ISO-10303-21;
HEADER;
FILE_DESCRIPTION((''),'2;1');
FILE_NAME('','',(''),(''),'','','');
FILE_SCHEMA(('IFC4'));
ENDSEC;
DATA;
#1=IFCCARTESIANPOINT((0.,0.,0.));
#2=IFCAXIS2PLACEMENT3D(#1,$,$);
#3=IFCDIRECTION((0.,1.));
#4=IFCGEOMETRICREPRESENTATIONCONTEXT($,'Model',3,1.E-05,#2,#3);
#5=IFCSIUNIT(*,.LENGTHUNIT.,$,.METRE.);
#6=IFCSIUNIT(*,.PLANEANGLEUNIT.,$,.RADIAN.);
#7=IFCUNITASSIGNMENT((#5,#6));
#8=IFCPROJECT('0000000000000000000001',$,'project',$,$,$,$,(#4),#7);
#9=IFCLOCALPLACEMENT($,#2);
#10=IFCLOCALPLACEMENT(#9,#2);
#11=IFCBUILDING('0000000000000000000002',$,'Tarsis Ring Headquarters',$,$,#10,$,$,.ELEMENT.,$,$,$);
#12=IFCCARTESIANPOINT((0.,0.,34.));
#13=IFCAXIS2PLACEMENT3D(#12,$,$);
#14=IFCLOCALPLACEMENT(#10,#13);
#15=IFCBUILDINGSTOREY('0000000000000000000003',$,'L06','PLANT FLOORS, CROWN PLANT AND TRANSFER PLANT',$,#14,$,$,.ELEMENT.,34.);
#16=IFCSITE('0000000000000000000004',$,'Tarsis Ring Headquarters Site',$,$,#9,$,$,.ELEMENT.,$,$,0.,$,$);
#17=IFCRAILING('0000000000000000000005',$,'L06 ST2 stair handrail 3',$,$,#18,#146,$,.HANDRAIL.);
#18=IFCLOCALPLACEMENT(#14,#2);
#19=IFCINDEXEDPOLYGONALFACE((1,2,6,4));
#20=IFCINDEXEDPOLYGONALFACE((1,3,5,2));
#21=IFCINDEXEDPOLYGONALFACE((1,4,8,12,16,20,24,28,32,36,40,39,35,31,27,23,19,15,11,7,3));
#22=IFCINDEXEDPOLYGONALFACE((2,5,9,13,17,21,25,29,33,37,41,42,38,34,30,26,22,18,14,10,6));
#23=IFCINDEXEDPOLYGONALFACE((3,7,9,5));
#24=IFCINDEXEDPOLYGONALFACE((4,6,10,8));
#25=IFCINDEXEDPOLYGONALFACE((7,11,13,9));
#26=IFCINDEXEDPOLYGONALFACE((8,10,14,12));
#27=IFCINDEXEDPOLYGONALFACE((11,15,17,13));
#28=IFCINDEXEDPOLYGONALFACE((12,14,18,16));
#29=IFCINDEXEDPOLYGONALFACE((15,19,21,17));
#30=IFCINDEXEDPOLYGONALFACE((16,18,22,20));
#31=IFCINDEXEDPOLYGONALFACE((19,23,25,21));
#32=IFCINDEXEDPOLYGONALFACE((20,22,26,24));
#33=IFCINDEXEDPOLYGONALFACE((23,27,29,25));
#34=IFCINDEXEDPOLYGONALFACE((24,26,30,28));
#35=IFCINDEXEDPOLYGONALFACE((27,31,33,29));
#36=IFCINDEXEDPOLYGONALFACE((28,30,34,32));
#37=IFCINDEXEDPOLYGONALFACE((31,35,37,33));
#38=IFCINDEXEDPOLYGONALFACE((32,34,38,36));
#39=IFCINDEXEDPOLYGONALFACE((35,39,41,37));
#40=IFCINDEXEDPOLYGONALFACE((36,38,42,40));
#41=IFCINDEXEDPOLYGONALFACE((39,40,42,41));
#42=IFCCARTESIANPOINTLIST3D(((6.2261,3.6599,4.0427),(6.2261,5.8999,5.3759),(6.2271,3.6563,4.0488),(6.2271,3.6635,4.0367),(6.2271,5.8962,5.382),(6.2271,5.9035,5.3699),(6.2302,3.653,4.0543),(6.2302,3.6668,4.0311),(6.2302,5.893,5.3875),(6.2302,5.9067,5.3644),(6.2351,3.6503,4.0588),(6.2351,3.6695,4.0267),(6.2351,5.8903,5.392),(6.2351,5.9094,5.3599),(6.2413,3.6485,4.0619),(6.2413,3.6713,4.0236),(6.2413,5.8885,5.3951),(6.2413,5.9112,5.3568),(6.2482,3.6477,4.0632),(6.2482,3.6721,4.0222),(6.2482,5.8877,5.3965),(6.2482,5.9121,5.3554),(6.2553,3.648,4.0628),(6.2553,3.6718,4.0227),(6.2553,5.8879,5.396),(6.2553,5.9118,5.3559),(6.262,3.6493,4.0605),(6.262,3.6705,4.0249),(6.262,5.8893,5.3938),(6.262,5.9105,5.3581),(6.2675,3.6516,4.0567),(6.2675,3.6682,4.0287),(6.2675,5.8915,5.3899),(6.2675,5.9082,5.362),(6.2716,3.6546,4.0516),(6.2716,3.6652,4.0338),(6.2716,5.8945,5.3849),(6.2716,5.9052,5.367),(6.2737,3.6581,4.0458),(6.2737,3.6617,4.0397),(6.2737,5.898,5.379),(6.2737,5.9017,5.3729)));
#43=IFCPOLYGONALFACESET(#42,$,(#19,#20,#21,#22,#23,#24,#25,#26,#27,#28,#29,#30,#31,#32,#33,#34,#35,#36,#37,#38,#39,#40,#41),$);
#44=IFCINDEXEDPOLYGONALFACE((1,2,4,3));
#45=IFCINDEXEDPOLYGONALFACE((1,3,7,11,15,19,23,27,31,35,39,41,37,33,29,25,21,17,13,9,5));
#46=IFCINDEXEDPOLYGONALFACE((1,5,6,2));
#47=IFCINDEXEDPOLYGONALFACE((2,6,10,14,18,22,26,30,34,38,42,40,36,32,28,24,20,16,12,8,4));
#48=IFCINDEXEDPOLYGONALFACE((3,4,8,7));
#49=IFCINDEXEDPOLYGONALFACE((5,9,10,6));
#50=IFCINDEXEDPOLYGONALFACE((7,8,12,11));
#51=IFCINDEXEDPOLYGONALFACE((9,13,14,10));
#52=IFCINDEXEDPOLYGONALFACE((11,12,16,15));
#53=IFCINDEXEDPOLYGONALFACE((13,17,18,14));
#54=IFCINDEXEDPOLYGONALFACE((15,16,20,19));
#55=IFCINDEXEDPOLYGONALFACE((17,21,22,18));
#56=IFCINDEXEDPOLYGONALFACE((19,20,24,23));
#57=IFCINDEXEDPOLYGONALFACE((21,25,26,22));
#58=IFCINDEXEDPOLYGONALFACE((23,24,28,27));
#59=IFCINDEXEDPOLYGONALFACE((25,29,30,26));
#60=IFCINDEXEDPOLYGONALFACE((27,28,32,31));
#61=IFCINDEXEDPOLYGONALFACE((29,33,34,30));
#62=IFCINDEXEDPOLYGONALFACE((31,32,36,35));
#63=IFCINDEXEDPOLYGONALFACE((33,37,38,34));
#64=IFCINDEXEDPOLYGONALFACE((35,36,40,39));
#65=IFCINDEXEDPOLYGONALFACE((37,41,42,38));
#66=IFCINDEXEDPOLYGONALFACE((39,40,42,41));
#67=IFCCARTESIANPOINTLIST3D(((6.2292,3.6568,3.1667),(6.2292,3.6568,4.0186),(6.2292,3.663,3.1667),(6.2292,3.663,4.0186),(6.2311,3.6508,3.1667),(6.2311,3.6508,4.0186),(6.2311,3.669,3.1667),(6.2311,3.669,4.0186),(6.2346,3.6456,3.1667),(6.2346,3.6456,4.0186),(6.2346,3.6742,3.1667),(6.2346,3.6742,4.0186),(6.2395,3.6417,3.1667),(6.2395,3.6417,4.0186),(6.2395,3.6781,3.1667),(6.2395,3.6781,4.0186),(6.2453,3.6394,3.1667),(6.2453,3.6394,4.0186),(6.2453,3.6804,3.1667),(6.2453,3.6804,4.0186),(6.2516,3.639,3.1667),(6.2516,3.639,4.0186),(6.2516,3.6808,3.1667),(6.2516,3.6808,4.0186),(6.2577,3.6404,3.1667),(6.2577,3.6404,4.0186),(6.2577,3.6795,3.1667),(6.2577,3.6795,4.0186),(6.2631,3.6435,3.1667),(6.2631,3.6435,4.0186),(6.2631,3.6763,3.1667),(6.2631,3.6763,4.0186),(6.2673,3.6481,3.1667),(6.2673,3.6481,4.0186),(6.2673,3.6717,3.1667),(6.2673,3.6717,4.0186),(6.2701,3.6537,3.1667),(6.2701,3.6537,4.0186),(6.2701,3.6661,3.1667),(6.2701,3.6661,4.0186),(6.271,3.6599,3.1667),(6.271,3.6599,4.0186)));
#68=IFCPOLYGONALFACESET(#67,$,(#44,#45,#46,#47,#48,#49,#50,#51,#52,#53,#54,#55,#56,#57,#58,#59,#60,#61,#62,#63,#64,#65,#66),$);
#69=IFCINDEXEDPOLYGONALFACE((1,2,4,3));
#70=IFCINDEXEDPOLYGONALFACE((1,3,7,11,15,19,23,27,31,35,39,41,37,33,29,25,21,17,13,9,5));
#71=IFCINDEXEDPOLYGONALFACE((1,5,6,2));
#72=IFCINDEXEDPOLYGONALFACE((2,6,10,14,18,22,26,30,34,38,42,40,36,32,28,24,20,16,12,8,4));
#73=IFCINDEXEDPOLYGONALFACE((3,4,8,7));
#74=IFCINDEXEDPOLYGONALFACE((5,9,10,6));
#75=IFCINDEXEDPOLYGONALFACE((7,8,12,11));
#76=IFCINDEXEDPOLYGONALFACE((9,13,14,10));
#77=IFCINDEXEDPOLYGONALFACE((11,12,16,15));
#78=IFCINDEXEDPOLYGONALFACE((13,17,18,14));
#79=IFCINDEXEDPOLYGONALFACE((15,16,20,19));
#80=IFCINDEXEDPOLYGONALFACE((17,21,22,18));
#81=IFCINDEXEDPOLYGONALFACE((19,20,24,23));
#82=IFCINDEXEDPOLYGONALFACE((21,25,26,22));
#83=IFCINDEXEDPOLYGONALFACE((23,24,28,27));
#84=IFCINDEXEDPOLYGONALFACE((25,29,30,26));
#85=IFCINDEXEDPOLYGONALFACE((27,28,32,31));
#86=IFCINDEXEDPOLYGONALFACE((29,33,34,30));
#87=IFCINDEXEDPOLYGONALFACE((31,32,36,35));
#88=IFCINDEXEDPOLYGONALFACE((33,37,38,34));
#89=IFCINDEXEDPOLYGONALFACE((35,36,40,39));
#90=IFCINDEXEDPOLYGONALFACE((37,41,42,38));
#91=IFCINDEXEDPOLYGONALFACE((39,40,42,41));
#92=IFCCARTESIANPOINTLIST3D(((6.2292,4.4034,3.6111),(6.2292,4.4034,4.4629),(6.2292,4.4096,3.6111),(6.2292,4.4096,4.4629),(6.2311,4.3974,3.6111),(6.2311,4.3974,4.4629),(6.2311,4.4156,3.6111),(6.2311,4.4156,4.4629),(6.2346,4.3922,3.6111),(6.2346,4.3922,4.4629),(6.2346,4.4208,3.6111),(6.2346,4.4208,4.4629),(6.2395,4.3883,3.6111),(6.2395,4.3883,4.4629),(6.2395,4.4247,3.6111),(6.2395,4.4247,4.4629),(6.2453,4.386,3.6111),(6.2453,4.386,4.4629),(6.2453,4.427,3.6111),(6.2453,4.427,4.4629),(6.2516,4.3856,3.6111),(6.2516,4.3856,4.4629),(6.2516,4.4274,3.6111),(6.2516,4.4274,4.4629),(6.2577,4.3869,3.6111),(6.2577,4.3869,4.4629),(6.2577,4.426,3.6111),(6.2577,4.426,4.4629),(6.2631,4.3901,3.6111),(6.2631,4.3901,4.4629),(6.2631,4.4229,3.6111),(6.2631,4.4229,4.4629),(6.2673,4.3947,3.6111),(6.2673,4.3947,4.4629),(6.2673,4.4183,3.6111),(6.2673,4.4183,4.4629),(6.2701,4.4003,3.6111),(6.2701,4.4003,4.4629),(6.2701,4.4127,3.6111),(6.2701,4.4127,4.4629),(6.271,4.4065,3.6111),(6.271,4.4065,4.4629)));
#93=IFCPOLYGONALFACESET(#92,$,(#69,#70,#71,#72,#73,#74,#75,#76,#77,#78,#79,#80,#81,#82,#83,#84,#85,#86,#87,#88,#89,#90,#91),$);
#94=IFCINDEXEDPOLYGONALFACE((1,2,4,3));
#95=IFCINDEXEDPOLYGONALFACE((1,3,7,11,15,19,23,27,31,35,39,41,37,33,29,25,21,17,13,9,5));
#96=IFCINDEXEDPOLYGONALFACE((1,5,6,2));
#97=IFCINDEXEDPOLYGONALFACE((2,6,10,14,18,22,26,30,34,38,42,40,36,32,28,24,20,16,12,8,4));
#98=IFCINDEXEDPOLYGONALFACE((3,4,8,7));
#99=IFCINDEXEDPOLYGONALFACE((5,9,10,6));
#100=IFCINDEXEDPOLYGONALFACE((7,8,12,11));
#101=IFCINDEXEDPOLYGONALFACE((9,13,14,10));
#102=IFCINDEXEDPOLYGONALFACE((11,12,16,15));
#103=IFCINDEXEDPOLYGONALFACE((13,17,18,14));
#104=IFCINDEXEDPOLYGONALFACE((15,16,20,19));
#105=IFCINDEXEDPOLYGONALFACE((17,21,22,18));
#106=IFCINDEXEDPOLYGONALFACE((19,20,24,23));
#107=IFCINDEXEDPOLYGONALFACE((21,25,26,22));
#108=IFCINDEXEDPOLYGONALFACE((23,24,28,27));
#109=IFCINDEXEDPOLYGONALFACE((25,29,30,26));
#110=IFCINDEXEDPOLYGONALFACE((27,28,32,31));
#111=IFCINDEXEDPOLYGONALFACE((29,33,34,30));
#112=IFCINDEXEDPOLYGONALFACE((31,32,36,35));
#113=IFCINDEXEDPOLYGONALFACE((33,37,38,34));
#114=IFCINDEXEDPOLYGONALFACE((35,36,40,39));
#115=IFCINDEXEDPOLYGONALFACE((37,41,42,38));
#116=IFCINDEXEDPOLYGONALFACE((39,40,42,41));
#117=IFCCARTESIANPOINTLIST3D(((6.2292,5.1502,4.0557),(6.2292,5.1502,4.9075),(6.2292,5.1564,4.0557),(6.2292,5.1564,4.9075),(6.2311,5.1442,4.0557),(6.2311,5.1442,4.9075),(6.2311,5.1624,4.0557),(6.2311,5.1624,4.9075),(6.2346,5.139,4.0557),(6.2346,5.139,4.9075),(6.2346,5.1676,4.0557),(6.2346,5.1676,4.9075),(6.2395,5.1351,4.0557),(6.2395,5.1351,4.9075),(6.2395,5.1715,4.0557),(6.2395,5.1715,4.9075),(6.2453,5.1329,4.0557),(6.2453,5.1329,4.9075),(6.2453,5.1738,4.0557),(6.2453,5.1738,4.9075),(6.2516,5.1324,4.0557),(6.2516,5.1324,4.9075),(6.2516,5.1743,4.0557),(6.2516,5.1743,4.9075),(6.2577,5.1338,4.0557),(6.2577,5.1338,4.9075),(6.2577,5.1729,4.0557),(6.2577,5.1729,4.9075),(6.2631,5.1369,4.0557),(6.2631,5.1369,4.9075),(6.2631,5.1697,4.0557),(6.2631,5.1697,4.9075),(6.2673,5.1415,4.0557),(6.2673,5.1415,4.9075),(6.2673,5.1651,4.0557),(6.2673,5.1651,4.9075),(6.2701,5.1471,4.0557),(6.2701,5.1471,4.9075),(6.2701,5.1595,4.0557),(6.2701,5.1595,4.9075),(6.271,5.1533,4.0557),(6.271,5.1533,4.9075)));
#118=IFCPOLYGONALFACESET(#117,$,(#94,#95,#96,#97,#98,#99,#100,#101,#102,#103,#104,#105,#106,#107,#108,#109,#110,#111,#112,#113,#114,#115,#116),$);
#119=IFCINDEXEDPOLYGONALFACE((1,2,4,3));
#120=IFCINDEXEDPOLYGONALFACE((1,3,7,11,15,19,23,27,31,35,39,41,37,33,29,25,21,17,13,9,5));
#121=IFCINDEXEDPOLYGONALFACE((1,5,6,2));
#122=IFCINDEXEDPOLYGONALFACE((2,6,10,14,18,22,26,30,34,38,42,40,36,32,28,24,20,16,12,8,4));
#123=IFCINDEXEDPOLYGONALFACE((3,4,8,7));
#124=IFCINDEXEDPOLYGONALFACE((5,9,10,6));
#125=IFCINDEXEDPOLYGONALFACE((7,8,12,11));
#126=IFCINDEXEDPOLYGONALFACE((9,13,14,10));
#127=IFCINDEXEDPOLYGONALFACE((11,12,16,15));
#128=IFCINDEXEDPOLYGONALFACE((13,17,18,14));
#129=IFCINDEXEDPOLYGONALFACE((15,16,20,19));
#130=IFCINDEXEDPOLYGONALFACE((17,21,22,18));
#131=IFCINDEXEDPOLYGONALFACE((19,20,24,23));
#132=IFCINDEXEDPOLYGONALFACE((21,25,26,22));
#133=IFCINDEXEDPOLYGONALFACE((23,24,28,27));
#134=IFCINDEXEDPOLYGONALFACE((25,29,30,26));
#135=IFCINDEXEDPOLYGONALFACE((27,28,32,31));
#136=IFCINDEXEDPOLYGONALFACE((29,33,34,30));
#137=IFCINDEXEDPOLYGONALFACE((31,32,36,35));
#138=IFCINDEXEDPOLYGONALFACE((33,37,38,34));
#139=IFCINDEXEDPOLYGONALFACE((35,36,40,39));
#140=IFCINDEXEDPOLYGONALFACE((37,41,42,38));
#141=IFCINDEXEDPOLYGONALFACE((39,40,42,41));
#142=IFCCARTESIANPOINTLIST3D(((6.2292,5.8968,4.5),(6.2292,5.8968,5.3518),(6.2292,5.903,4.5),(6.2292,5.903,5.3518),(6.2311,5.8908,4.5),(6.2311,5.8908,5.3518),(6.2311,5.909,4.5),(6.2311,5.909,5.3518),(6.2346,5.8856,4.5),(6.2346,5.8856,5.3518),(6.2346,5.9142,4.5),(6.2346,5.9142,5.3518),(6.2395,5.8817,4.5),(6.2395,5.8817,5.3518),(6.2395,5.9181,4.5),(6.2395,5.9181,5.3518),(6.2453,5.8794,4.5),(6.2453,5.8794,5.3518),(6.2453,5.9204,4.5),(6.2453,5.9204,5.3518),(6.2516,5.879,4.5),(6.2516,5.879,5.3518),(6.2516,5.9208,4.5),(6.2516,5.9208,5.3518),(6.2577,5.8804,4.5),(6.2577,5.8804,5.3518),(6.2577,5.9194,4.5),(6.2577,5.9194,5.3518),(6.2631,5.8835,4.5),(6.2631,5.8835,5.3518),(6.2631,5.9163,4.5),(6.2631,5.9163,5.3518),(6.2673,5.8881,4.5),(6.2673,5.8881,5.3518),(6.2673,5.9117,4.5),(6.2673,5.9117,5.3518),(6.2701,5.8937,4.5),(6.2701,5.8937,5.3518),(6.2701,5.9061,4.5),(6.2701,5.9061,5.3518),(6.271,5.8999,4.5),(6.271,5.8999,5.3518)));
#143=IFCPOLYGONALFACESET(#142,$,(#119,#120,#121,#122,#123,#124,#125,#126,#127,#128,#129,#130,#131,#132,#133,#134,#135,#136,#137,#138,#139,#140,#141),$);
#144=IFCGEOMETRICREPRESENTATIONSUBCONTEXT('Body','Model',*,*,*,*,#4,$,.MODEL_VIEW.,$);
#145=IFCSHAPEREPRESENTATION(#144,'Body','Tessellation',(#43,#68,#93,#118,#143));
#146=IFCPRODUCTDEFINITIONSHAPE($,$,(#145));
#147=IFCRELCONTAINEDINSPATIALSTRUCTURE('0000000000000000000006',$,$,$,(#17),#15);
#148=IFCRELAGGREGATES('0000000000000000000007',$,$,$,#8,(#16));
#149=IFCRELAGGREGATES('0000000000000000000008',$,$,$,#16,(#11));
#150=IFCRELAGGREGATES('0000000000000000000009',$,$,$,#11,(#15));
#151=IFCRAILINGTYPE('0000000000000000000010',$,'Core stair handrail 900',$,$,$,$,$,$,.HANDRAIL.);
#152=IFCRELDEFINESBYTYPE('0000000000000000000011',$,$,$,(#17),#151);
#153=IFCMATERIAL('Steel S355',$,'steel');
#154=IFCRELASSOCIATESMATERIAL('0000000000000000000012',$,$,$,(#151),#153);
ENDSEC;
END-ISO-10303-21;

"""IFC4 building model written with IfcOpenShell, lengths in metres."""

from ifc_helpers import new_model, si_unit, direction, frame, origin, origin_2d, place, context, subcontext, project, spatial, circle, extrude, material, type_object, element, save


model = new_model("IFC4")

# Units and contexts
model_context = context("Model", 3, precision=1e-05, world=origin(), true_north=direction((0.0, 1.0)))
body_context = subcontext(model_context, "Body", "Model", "MODEL_VIEW")
ifc_project = project(units=[si_unit("LENGTHUNIT", "METRE"), si_unit("PLANEANGLEUNIT", "RADIAN")], contexts=[model_context])

# Site, building, storey
site_placement = place(None, origin())
site = spatial("IfcSite", under=ifc_project, at=site_placement, Name="Tarsis Ring Headquarters Site", CompositionType="ELEMENT", RefElevation=0.0)
building_placement = place(site_placement, origin())
building = spatial("IfcBuilding", under=site, at=building_placement, Name="Tarsis Ring Headquarters", CompositionType="ELEMENT")
storey_placement = place(building_placement, frame((0.0, 0.0, 34.0)))
storey = spatial("IfcBuildingStorey", under=building, at=storey_placement, Name="L06", Description="PLANT FLOORS, CROWN PLANT AND TRANSFER PLANT", CompositionType="ELEMENT", Elevation=34.0)

# Shared definitions
ifc_material_1 = material(Name="Steel S355", Category="steel")

# Railing
railing_type_1 = type_object("IfcRailingType", Name="Core stair handrail 900", PredefinedType="HANDRAIL", material=ifc_material_1)
for number, where, name in (
    (1, (6.25, 3.6599, 3.1667), "L06 ST2 stair handrail 3"),
):
    element("IfcRailing", number, at=place(storey_placement, frame(where)), inside=storey, type_object=railing_type_1, Name=name, PredefinedType="HANDRAIL", context=body_context, shape_type="SweptSolid", body=[
        extrude(circle(Radius=0.0239, at=origin_2d()), frame((0.0, 0.0, 0.876), z_axis=(0.0, 0.859306, 0.511462), x_axis=(-1.0, 0.0, 0.0)), (0.0, 0.0, 1.0), 2.6067),
        extrude(circle(Radius=0.021, at=origin_2d()), origin(), (0.0, 0.0, 1.0), 0.8518),
        extrude(circle(Radius=0.021, at=origin_2d()), frame((0.0, 0.7466, 0.4443)), (0.0, 0.0, 1.0), 0.8518),
        extrude(circle(Radius=0.021, at=origin_2d()), frame((0.0, 1.4934, 0.8889)), (0.0, 0.0, 1.0), 0.8518),
        extrude(circle(Radius=0.021, at=origin_2d()), frame((0.0, 2.24, 1.3333)), (0.0, 0.0, 1.0), 0.8518),
    ])

save(model, "model.ifc")
